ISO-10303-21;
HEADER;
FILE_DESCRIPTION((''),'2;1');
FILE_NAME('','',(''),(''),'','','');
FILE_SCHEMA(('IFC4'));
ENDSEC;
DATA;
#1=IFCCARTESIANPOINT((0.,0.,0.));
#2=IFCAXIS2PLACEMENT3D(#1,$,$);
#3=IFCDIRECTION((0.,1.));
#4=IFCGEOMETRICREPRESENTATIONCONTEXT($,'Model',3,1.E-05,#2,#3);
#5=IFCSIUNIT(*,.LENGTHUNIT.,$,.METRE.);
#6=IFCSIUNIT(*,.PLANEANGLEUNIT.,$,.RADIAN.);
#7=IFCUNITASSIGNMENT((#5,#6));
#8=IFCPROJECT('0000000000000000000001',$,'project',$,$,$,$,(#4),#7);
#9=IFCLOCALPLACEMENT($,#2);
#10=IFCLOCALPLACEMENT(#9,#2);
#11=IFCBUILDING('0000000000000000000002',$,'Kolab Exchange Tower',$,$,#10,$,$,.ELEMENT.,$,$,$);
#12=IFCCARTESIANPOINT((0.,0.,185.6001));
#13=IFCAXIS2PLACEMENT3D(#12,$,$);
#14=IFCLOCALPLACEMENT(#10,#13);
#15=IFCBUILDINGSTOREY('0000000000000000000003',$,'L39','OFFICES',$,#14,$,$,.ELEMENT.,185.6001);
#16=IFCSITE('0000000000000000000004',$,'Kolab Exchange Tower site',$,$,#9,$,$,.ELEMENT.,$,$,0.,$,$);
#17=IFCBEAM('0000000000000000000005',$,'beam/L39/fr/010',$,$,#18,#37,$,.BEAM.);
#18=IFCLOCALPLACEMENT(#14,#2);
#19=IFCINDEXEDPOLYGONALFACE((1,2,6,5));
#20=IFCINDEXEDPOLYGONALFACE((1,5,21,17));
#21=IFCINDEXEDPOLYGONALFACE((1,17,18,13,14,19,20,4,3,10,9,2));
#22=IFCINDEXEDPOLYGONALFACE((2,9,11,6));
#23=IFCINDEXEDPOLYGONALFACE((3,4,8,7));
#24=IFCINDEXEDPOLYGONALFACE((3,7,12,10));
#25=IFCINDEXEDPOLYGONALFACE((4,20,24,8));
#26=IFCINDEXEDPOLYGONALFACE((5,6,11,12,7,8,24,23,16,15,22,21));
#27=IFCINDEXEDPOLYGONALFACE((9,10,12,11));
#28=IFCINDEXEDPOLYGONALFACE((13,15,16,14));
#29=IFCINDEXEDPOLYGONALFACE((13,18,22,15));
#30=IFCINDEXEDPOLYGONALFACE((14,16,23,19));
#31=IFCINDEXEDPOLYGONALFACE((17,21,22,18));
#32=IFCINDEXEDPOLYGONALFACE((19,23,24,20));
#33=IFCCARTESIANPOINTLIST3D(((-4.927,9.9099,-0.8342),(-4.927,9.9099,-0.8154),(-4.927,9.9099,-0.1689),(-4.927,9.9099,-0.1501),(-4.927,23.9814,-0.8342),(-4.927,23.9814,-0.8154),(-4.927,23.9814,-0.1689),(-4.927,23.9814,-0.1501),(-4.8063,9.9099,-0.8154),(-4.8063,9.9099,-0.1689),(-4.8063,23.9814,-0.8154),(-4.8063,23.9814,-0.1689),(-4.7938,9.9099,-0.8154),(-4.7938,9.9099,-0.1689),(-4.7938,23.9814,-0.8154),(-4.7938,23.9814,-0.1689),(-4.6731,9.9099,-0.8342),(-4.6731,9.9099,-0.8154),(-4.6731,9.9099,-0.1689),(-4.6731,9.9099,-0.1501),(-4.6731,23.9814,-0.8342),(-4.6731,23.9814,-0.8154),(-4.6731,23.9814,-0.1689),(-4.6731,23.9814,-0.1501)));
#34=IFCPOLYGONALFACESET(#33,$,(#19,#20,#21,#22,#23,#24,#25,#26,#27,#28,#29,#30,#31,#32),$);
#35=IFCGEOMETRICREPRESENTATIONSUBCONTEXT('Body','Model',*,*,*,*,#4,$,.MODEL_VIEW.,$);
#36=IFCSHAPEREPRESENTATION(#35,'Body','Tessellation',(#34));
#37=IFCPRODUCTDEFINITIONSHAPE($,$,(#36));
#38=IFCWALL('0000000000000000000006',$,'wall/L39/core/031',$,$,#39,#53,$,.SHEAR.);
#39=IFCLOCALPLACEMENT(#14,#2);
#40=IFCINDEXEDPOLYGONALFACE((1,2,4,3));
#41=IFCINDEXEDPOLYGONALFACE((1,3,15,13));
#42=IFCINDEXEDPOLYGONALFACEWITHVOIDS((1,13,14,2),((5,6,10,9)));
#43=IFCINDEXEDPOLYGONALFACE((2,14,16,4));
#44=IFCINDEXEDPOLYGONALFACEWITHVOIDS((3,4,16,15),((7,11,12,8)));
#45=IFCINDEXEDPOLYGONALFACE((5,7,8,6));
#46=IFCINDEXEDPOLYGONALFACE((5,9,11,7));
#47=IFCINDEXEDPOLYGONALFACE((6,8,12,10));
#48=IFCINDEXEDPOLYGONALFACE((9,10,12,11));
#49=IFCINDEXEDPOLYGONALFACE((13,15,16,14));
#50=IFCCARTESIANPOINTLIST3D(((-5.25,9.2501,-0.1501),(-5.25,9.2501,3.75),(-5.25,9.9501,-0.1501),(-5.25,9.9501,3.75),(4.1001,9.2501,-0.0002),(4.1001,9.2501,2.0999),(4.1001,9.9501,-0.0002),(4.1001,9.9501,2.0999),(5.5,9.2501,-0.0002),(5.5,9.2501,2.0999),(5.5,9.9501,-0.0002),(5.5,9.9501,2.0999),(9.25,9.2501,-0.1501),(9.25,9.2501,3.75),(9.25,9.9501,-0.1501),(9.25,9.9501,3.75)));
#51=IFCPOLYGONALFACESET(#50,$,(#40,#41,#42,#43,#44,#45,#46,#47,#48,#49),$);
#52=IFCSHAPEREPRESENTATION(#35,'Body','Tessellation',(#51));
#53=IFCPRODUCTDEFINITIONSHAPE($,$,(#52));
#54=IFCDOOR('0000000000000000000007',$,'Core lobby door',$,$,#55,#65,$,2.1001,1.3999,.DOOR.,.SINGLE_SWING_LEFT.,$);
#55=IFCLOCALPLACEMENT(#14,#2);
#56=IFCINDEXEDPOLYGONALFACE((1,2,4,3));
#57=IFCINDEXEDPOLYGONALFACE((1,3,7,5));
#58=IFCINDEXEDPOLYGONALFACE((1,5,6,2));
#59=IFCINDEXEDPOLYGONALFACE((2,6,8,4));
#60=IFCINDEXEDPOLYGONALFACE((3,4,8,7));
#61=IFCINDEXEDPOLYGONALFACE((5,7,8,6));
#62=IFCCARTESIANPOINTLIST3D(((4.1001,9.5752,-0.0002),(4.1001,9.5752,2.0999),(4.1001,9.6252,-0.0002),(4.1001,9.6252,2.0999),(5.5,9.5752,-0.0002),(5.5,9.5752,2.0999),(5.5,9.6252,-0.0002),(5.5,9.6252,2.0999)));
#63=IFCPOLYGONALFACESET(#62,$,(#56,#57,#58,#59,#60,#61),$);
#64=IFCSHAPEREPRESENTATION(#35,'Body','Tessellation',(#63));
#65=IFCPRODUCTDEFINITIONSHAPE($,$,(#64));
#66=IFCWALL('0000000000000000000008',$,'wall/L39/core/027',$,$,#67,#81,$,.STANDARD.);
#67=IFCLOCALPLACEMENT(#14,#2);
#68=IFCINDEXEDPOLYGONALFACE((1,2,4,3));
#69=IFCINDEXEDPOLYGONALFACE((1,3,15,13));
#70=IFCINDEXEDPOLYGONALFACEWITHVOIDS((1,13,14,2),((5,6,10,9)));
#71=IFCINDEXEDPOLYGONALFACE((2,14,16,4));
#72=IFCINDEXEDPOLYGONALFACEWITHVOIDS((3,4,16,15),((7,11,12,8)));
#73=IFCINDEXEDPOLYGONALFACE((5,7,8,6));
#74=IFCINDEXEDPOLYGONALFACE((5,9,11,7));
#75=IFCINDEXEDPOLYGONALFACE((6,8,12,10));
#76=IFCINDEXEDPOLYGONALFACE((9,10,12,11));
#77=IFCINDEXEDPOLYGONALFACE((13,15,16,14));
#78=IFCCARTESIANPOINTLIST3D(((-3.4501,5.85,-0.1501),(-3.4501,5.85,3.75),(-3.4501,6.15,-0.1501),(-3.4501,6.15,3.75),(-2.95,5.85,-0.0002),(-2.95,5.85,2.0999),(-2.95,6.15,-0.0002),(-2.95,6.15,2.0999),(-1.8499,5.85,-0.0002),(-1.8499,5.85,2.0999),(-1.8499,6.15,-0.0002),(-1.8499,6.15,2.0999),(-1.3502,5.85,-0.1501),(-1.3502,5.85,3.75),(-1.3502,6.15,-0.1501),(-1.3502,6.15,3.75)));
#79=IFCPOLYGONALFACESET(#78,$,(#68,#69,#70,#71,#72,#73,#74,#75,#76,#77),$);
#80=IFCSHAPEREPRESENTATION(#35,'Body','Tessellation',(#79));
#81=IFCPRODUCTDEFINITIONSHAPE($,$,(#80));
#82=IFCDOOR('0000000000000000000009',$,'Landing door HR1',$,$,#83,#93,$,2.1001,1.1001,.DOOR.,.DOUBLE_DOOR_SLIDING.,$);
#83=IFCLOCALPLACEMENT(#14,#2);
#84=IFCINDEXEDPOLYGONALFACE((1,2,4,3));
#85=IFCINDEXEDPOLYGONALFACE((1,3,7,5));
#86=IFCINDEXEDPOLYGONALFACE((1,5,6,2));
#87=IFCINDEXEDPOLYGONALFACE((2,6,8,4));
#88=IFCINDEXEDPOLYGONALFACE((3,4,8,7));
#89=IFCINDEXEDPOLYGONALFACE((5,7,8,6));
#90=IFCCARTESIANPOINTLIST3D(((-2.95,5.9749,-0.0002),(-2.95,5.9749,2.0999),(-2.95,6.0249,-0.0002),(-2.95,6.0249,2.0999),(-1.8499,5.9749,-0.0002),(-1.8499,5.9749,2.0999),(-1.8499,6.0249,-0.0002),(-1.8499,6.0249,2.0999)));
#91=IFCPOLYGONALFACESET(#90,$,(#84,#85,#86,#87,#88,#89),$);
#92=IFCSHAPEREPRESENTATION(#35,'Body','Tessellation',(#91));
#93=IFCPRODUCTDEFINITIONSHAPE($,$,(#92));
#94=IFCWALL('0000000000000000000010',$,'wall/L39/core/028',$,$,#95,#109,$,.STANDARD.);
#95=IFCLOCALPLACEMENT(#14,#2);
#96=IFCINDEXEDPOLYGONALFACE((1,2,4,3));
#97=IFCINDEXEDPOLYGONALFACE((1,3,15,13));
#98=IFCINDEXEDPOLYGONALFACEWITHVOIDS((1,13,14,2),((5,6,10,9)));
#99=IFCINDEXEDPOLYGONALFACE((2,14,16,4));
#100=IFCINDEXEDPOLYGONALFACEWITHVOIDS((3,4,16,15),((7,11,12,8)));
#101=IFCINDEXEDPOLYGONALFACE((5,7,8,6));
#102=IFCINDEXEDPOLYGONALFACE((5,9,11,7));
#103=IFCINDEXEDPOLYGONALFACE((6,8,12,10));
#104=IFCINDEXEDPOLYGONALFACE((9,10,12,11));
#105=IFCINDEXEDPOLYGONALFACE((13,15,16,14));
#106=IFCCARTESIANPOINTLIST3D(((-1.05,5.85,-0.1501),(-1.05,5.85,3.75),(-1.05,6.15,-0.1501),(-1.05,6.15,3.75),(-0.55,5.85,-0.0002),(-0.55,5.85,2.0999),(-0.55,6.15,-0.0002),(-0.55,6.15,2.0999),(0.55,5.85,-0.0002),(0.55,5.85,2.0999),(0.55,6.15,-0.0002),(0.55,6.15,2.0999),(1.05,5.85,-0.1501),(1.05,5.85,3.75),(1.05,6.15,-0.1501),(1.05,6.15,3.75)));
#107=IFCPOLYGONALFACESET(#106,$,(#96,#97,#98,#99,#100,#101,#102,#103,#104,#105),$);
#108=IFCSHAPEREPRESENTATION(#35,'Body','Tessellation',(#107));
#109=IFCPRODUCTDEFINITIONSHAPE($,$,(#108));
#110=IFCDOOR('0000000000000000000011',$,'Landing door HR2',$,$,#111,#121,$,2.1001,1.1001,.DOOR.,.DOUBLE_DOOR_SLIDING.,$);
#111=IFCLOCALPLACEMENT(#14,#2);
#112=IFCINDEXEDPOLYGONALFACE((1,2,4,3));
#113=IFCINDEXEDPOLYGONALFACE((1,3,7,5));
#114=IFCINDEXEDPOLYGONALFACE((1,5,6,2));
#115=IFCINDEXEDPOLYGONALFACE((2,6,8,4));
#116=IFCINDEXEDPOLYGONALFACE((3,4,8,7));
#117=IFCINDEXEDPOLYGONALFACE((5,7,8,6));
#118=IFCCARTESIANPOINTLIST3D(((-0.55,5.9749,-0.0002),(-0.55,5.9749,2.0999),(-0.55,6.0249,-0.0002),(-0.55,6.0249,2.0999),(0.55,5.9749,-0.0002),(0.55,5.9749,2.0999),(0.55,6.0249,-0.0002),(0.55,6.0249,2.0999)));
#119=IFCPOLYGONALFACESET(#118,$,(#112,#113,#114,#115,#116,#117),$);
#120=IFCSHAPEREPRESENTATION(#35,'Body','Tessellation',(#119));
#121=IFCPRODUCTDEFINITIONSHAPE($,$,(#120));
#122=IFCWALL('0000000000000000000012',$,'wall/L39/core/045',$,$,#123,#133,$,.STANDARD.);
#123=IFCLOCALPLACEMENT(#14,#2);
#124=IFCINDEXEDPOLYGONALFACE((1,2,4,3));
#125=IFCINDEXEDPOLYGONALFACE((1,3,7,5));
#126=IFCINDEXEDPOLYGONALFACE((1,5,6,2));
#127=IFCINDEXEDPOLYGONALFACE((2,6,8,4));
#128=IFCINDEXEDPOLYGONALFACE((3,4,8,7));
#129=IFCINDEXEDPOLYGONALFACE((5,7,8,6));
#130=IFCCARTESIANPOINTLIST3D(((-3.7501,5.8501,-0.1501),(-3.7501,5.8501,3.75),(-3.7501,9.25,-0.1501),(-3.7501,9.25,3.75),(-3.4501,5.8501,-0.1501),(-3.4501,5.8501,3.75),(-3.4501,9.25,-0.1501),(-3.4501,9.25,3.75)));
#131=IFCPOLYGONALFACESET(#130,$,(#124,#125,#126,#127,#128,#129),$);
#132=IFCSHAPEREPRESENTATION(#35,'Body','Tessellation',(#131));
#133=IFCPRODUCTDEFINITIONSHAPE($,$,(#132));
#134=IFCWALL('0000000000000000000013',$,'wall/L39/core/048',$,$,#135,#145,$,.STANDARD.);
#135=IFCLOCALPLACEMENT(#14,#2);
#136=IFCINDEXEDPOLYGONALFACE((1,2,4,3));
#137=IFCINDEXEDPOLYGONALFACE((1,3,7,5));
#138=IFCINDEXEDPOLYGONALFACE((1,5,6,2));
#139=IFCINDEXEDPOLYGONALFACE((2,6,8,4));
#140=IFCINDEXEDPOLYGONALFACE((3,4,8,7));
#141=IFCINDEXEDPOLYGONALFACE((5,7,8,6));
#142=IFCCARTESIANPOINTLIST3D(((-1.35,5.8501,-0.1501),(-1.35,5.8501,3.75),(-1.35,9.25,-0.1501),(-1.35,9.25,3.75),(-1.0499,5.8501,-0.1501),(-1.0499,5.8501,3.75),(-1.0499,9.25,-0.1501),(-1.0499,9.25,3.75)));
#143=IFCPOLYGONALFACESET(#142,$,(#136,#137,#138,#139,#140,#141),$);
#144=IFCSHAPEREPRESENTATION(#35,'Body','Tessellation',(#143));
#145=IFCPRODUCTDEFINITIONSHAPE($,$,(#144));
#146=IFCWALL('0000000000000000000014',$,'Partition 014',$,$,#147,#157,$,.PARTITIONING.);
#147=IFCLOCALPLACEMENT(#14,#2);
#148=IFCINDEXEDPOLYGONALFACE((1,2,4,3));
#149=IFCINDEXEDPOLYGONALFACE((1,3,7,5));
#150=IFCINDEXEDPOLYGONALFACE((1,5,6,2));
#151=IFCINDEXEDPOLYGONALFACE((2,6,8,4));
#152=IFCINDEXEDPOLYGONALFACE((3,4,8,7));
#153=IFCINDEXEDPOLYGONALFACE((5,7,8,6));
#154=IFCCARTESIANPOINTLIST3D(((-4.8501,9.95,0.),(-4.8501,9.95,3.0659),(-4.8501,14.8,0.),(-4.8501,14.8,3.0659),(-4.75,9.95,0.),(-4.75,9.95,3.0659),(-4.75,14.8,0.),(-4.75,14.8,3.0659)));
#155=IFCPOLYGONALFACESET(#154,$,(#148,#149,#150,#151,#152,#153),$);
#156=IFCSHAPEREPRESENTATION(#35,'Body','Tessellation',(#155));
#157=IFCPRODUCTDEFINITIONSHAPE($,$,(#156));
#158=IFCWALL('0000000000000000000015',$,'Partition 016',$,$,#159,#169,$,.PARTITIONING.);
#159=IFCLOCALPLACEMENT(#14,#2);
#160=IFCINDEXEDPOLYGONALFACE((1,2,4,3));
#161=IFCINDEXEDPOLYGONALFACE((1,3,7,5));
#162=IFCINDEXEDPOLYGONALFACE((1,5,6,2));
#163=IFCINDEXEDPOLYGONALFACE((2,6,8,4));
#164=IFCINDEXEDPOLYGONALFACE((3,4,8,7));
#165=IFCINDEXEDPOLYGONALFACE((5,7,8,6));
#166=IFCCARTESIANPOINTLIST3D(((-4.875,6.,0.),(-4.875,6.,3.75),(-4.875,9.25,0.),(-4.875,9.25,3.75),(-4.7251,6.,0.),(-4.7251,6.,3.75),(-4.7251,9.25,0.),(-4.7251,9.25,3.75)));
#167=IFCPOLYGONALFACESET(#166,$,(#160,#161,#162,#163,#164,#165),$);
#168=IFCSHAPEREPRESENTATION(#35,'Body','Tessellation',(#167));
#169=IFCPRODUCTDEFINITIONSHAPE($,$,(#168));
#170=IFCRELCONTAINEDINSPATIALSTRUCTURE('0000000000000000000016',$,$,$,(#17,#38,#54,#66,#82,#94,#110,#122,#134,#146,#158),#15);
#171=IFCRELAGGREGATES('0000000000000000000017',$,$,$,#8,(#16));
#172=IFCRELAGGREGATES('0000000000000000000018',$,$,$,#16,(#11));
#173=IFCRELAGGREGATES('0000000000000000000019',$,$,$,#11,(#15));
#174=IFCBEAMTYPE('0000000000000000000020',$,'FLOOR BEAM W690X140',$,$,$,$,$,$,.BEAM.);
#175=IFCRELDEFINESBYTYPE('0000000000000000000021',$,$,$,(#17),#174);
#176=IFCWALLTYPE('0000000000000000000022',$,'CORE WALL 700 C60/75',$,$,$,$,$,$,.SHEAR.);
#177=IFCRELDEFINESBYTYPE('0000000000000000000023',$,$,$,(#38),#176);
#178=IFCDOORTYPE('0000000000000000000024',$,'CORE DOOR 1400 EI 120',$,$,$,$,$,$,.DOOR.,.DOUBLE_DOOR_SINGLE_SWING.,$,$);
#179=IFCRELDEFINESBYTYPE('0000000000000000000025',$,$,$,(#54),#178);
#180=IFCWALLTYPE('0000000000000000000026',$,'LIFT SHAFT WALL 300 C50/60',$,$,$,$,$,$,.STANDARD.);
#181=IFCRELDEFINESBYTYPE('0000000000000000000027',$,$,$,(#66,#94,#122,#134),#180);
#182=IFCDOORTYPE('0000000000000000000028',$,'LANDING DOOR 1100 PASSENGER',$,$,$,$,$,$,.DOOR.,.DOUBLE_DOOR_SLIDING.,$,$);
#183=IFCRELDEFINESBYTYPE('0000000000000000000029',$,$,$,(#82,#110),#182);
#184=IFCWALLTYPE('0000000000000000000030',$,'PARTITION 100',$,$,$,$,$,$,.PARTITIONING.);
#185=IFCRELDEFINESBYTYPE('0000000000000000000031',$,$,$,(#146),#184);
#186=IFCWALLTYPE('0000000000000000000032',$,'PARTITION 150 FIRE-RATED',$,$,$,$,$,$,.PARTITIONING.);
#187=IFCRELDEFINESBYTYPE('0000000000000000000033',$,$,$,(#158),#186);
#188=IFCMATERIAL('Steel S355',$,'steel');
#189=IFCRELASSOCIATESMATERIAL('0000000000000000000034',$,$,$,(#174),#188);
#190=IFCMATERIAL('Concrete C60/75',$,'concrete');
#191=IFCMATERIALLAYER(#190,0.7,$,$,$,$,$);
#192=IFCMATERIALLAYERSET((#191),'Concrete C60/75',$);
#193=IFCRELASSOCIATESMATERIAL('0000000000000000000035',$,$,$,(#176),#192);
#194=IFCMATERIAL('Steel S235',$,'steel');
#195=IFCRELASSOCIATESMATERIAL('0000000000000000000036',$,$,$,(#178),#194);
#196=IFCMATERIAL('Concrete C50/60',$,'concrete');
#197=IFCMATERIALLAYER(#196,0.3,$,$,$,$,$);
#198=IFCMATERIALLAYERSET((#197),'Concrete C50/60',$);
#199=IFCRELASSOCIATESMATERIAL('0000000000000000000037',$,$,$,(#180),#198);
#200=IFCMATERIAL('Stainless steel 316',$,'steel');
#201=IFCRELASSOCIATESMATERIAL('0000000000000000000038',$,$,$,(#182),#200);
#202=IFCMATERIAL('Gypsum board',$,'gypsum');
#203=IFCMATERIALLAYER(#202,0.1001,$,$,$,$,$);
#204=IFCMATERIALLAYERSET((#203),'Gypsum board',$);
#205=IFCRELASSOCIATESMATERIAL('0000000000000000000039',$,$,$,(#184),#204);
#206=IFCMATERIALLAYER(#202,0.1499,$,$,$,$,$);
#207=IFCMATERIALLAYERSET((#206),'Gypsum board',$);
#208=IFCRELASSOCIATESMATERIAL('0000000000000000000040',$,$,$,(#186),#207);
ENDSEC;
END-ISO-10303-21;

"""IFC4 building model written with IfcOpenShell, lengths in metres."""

from ifc_helpers import new_model, si_unit, direction, frame, frame_2d, origin, origin_2d, place, context, subcontext, project, spatial, rectangle, i_section, extrude, material, layer, layer_set, material_profile, profile_set, type_object, element, fill, save


model = new_model("IFC4")

# Units and contexts
model_context = context("Model", 3, precision=1e-05, world=origin(), true_north=direction((0.0, 1.0)))
body_context = subcontext(model_context, "Body", "Model", "MODEL_VIEW")
ifc_project = project(units=[si_unit("LENGTHUNIT", "METRE"), si_unit("PLANEANGLEUNIT", "RADIAN")], contexts=[model_context])

# Site, building, storey
site_placement = place(None, origin())
site = spatial("IfcSite", under=ifc_project, at=site_placement, Name="Kolab Exchange Tower site", CompositionType="ELEMENT", RefElevation=0.0)
building_placement = place(site_placement, origin())
building = spatial("IfcBuilding", under=site, at=building_placement, Name="Kolab Exchange Tower", CompositionType="ELEMENT")
storey_placement = place(building_placement, frame((0.0, 0.0, 185.6001)))
storey = spatial("IfcBuildingStorey", under=building, at=storey_placement, Name="L39", Description="OFFICES", CompositionType="ELEMENT", Elevation=185.6001)

# Beam
ifc_material_1 = material(Name="Steel S355", Category="steel")
ifc_material_profile = material_profile(ifc_material_1, i_section(OverallWidth=0.2539, OverallDepth=0.6841, WebThickness=0.0125, FlangeThickness=0.0188, at=origin_2d()), Name="W690X140")
ifc_profile_set = profile_set([ifc_material_profile], Name="Steel S355")
beam_type = type_object("IfcBeamType", Name="FLOOR BEAM W690X140", PredefinedType="BEAM", material=ifc_profile_set)
beam_placement = place(storey_placement, frame((-4.8, 9.9099, -0.4922), z_axis=(0.0, 1.0, 0.0), x_axis=(-1.0, 0.0, 0.0)))
element("IfcBeam", 1, at=beam_placement, inside=storey, type_object=beam_type, Name="beam/L39/fr/010", PredefinedType="BEAM", context=body_context, shape_type="SweptSolid", body=[
    extrude(i_section(OverallWidth=0.2539, OverallDepth=0.6841, WebThickness=0.0125, FlangeThickness=0.0188, at=origin_2d()), origin(), (0.0, 0.0, 1.0), 14.0715),
])

# Walls, openings, doors
ifc_material_2 = material(Name="Concrete C60/75", Category="concrete")
ifc_layer_1 = layer(ifc_material_2, 0.7)
ifc_layer_set_1 = layer_set([ifc_layer_1], Name="Concrete C60/75")
wall_type_1 = type_object("IfcWallType", Name="CORE WALL 700 C60/75", PredefinedType="SHEAR", material=ifc_layer_set_1)
wall_1_placement = place(storey_placement, frame((-5.25, 9.6001, -0.1501), z_axis=(0.0, 0.0, 1.0), x_axis=(1.0, 0.0, 0.0)))
wall_1 = element("IfcWall", 2, at=wall_1_placement, inside=storey, type_object=wall_type_1, Name="wall/L39/core/031", PredefinedType="SHEAR", context=body_context, shape_type="SweptSolid", body=[
    extrude(rectangle(XDim=14.5, YDim=0.7, at=frame_2d((7.25, 0.0))), origin(), (0.0, 0.0, 1.0), 3.9001),
])
opening_1_placement = place(wall_1_placement, frame((9.3501, 0.0, 0.1499)))
opening_1 = element("IfcOpeningElement", 3, at=opening_1_placement, cuts=wall_1, PredefinedType="OPENING", context=body_context, shape_type="SweptSolid", body=[
    extrude(rectangle(XDim=1.3999, YDim=2.1001, at=frame_2d((0.7, 1.05))), frame((0.0, 0.3599, 0.0), z_axis=(0.0, -1.0, 0.0), x_axis=(1.0, 0.0, 0.0)), (0.0, 0.0, 1.0), 0.72),
])
ifc_material_3 = material(Name="Steel S235", Category="steel")
door_type_1 = type_object("IfcDoorType", Name="CORE DOOR 1400 EI 120", OperationType="DOUBLE_DOOR_SINGLE_SWING", PredefinedType="DOOR", material=ifc_material_3)
door_1_placement = place(opening_1_placement, frame((1.3999, 0.0, 0.0), z_axis=(0.0, 0.0, 1.0), x_axis=(-1.0, 0.0, 0.0)))
door_1 = element("IfcDoor", 4, at=door_1_placement, inside=storey, type_object=door_type_1, Name="Core lobby door", OperationType="SINGLE_SWING_LEFT", OverallHeight=2.1001, OverallWidth=1.3999, PredefinedType="DOOR", context=body_context, shape_type="SweptSolid", body=[
    extrude(rectangle(XDim=1.3999, YDim=2.1001, at=frame_2d((0.7, 1.05))), frame((0.0, 0.0249, 0.0), z_axis=(0.0, -1.0, 0.0), x_axis=(1.0, 0.0, 0.0)), (0.0, 0.0, 1.0), 0.05),
])
fill(opening_1, door_1)
ifc_material_4 = material(Name="Concrete C50/60", Category="concrete")
ifc_layer_2 = layer(ifc_material_4, 0.3)
ifc_layer_set_2 = layer_set([ifc_layer_2], Name="Concrete C50/60")
wall_type_2 = type_object("IfcWallType", Name="LIFT SHAFT WALL 300 C50/60", PredefinedType="STANDARD", material=ifc_layer_set_2)
wall_2_placement = place(storey_placement, frame((-3.45, 6.0, -0.1501), z_axis=(0.0, 0.0, 1.0), x_axis=(1.0, 0.0, 0.0)))
wall_2 = element("IfcWall", 5, at=wall_2_placement, inside=storey, type_object=wall_type_2, Name="wall/L39/core/027", PredefinedType="STANDARD", context=body_context, shape_type="SweptSolid", body=[
    extrude(rectangle(XDim=2.0999, YDim=0.3, at=frame_2d((1.0498, 0.0))), origin(), (0.0, 0.0, 1.0), 3.9001),
])
opening_2_placement = place(wall_2_placement, frame((0.5, 0.0, 0.1499)))
opening_2 = element("IfcOpeningElement", 6, at=opening_2_placement, cuts=wall_2, PredefinedType="OPENING", context=body_context, shape_type="SweptSolid", body=[
    extrude(rectangle(XDim=1.1001, YDim=2.1001, at=frame_2d((0.55, 1.05))), frame((0.0, 0.1602, 0.0), z_axis=(0.0, -1.0, 0.0), x_axis=(1.0, 0.0, 0.0)), (0.0, 0.0, 1.0), 0.3201),
])
ifc_material_5 = material(Name="Stainless steel 316", Category="steel")
door_type_2 = type_object("IfcDoorType", Name="LANDING DOOR 1100 PASSENGER", OperationType="DOUBLE_DOOR_SLIDING", PredefinedType="DOOR", material=ifc_material_5)
door_2_placement = place(opening_2_placement, origin())
door_2 = element("IfcDoor", 7, at=door_2_placement, inside=storey, type_object=door_type_2, Name="Landing door HR1", OperationType="DOUBLE_DOOR_SLIDING", OverallHeight=2.1001, OverallWidth=1.1001, PredefinedType="DOOR", context=body_context, shape_type="SweptSolid", body=[
    extrude(rectangle(XDim=1.1001, YDim=2.1001, at=frame_2d((0.55, 1.05))), frame((0.0, 0.0249, 0.0), z_axis=(0.0, -1.0, 0.0), x_axis=(1.0, 0.0, 0.0)), (0.0, 0.0, 1.0), 0.05),
])
fill(opening_2, door_2)
wall_3_placement = place(storey_placement, frame((-1.05, 6.0, -0.1501), z_axis=(0.0, 0.0, 1.0), x_axis=(1.0, 0.0, 0.0)))
wall_3 = element("IfcWall", 8, at=wall_3_placement, inside=storey, type_object=wall_type_2, Name="wall/L39/core/028", PredefinedType="STANDARD", context=body_context, shape_type="SweptSolid", body=[
    extrude(rectangle(XDim=2.1001, YDim=0.3, at=frame_2d((1.05, 0.0))), origin(), (0.0, 0.0, 1.0), 3.9001),
])
opening_3_placement = place(wall_3_placement, frame((0.5, 0.0, 0.1499)))
opening_3 = element("IfcOpeningElement", 9, at=opening_3_placement, cuts=wall_3, PredefinedType="OPENING", context=body_context, shape_type="SweptSolid", body=[
    extrude(rectangle(XDim=1.1001, YDim=2.1001, at=frame_2d((0.55, 1.05))), frame((0.0, 0.1602, 0.0), z_axis=(0.0, -1.0, 0.0), x_axis=(1.0, 0.0, 0.0)), (0.0, 0.0, 1.0), 0.3201),
])
door_3_placement = place(opening_3_placement, origin())
door_3 = element("IfcDoor", 10, at=door_3_placement, inside=storey, type_object=door_type_2, Name="Landing door HR2", OperationType="DOUBLE_DOOR_SLIDING", OverallHeight=2.1001, OverallWidth=1.1001, PredefinedType="DOOR", context=body_context, shape_type="SweptSolid", body=[
    extrude(rectangle(XDim=1.1001, YDim=2.1001, at=frame_2d((0.55, 1.05))), frame((0.0, 0.0249, 0.0), z_axis=(0.0, -1.0, 0.0), x_axis=(1.0, 0.0, 0.0)), (0.0, 0.0, 1.0), 0.05),
])
fill(opening_3, door_3)

# Walls
for number, where, z_axis, x_axis, name in (
    (11, (-3.6001, 5.8501, -0.1501), (0.0, 0.0, 1.0), (0.0, 1.0, 0.0), "wall/L39/core/045"),
    (12, (-1.2, 5.8501, -0.1501), (0.0, 0.0, 1.0), (0.0, 1.0, 0.0), "wall/L39/core/048"),
):
    element("IfcWall", number, at=place(storey_placement, frame(where, z_axis=z_axis, x_axis=x_axis)), inside=storey, type_object=wall_type_2, Name=name, PredefinedType="STANDARD", context=body_context, shape_type="SweptSolid", body=[
        extrude(rectangle(XDim=3.3999, YDim=0.3, at=frame_2d((1.7, 0.0))), origin(), (0.0, 0.0, 1.0), 3.9001),
    ])
ifc_material_6 = material(Name="Gypsum board", Category="gypsum")
ifc_layer_3 = layer(ifc_material_6, 0.1001)
ifc_layer_set_3 = layer_set([ifc_layer_3], Name="Gypsum board")
wall_type_3 = type_object("IfcWallType", Name="PARTITION 100", PredefinedType="PARTITIONING", material=ifc_layer_set_3)
wall_4_placement = place(storey_placement, frame((-4.8, 9.95, 0.0), z_axis=(0.0, 0.0, 1.0), x_axis=(0.0, 1.0, 0.0)))
element("IfcWall", 13, at=wall_4_placement, inside=storey, type_object=wall_type_3, Name="Partition 014", PredefinedType="PARTITIONING", context=body_context, shape_type="SweptSolid", body=[
    extrude(rectangle(XDim=4.8501, YDim=0.1001, at=frame_2d((2.425, 0.0))), origin(), (0.0, 0.0, 1.0), 3.0659),
])
ifc_layer_4 = layer(ifc_material_6, 0.1499)
ifc_layer_set_4 = layer_set([ifc_layer_4], Name="Gypsum board")
wall_type_4 = type_object("IfcWallType", Name="PARTITION 150 FIRE-RATED", PredefinedType="PARTITIONING", material=ifc_layer_set_4)
wall_5_placement = place(storey_placement, frame((-4.8, 6.0, 0.0), z_axis=(0.0, 0.0, 1.0), x_axis=(0.0, 1.0, 0.0)))
element("IfcWall", 14, at=wall_5_placement, inside=storey, type_object=wall_type_4, Name="Partition 016", PredefinedType="PARTITIONING", context=body_context, shape_type="SweptSolid", body=[
    extrude(rectangle(XDim=3.25, YDim=0.1499, at=frame_2d((1.625, 0.0))), origin(), (0.0, 0.0, 1.0), 3.75),
])

save(model, "model.ifc")
